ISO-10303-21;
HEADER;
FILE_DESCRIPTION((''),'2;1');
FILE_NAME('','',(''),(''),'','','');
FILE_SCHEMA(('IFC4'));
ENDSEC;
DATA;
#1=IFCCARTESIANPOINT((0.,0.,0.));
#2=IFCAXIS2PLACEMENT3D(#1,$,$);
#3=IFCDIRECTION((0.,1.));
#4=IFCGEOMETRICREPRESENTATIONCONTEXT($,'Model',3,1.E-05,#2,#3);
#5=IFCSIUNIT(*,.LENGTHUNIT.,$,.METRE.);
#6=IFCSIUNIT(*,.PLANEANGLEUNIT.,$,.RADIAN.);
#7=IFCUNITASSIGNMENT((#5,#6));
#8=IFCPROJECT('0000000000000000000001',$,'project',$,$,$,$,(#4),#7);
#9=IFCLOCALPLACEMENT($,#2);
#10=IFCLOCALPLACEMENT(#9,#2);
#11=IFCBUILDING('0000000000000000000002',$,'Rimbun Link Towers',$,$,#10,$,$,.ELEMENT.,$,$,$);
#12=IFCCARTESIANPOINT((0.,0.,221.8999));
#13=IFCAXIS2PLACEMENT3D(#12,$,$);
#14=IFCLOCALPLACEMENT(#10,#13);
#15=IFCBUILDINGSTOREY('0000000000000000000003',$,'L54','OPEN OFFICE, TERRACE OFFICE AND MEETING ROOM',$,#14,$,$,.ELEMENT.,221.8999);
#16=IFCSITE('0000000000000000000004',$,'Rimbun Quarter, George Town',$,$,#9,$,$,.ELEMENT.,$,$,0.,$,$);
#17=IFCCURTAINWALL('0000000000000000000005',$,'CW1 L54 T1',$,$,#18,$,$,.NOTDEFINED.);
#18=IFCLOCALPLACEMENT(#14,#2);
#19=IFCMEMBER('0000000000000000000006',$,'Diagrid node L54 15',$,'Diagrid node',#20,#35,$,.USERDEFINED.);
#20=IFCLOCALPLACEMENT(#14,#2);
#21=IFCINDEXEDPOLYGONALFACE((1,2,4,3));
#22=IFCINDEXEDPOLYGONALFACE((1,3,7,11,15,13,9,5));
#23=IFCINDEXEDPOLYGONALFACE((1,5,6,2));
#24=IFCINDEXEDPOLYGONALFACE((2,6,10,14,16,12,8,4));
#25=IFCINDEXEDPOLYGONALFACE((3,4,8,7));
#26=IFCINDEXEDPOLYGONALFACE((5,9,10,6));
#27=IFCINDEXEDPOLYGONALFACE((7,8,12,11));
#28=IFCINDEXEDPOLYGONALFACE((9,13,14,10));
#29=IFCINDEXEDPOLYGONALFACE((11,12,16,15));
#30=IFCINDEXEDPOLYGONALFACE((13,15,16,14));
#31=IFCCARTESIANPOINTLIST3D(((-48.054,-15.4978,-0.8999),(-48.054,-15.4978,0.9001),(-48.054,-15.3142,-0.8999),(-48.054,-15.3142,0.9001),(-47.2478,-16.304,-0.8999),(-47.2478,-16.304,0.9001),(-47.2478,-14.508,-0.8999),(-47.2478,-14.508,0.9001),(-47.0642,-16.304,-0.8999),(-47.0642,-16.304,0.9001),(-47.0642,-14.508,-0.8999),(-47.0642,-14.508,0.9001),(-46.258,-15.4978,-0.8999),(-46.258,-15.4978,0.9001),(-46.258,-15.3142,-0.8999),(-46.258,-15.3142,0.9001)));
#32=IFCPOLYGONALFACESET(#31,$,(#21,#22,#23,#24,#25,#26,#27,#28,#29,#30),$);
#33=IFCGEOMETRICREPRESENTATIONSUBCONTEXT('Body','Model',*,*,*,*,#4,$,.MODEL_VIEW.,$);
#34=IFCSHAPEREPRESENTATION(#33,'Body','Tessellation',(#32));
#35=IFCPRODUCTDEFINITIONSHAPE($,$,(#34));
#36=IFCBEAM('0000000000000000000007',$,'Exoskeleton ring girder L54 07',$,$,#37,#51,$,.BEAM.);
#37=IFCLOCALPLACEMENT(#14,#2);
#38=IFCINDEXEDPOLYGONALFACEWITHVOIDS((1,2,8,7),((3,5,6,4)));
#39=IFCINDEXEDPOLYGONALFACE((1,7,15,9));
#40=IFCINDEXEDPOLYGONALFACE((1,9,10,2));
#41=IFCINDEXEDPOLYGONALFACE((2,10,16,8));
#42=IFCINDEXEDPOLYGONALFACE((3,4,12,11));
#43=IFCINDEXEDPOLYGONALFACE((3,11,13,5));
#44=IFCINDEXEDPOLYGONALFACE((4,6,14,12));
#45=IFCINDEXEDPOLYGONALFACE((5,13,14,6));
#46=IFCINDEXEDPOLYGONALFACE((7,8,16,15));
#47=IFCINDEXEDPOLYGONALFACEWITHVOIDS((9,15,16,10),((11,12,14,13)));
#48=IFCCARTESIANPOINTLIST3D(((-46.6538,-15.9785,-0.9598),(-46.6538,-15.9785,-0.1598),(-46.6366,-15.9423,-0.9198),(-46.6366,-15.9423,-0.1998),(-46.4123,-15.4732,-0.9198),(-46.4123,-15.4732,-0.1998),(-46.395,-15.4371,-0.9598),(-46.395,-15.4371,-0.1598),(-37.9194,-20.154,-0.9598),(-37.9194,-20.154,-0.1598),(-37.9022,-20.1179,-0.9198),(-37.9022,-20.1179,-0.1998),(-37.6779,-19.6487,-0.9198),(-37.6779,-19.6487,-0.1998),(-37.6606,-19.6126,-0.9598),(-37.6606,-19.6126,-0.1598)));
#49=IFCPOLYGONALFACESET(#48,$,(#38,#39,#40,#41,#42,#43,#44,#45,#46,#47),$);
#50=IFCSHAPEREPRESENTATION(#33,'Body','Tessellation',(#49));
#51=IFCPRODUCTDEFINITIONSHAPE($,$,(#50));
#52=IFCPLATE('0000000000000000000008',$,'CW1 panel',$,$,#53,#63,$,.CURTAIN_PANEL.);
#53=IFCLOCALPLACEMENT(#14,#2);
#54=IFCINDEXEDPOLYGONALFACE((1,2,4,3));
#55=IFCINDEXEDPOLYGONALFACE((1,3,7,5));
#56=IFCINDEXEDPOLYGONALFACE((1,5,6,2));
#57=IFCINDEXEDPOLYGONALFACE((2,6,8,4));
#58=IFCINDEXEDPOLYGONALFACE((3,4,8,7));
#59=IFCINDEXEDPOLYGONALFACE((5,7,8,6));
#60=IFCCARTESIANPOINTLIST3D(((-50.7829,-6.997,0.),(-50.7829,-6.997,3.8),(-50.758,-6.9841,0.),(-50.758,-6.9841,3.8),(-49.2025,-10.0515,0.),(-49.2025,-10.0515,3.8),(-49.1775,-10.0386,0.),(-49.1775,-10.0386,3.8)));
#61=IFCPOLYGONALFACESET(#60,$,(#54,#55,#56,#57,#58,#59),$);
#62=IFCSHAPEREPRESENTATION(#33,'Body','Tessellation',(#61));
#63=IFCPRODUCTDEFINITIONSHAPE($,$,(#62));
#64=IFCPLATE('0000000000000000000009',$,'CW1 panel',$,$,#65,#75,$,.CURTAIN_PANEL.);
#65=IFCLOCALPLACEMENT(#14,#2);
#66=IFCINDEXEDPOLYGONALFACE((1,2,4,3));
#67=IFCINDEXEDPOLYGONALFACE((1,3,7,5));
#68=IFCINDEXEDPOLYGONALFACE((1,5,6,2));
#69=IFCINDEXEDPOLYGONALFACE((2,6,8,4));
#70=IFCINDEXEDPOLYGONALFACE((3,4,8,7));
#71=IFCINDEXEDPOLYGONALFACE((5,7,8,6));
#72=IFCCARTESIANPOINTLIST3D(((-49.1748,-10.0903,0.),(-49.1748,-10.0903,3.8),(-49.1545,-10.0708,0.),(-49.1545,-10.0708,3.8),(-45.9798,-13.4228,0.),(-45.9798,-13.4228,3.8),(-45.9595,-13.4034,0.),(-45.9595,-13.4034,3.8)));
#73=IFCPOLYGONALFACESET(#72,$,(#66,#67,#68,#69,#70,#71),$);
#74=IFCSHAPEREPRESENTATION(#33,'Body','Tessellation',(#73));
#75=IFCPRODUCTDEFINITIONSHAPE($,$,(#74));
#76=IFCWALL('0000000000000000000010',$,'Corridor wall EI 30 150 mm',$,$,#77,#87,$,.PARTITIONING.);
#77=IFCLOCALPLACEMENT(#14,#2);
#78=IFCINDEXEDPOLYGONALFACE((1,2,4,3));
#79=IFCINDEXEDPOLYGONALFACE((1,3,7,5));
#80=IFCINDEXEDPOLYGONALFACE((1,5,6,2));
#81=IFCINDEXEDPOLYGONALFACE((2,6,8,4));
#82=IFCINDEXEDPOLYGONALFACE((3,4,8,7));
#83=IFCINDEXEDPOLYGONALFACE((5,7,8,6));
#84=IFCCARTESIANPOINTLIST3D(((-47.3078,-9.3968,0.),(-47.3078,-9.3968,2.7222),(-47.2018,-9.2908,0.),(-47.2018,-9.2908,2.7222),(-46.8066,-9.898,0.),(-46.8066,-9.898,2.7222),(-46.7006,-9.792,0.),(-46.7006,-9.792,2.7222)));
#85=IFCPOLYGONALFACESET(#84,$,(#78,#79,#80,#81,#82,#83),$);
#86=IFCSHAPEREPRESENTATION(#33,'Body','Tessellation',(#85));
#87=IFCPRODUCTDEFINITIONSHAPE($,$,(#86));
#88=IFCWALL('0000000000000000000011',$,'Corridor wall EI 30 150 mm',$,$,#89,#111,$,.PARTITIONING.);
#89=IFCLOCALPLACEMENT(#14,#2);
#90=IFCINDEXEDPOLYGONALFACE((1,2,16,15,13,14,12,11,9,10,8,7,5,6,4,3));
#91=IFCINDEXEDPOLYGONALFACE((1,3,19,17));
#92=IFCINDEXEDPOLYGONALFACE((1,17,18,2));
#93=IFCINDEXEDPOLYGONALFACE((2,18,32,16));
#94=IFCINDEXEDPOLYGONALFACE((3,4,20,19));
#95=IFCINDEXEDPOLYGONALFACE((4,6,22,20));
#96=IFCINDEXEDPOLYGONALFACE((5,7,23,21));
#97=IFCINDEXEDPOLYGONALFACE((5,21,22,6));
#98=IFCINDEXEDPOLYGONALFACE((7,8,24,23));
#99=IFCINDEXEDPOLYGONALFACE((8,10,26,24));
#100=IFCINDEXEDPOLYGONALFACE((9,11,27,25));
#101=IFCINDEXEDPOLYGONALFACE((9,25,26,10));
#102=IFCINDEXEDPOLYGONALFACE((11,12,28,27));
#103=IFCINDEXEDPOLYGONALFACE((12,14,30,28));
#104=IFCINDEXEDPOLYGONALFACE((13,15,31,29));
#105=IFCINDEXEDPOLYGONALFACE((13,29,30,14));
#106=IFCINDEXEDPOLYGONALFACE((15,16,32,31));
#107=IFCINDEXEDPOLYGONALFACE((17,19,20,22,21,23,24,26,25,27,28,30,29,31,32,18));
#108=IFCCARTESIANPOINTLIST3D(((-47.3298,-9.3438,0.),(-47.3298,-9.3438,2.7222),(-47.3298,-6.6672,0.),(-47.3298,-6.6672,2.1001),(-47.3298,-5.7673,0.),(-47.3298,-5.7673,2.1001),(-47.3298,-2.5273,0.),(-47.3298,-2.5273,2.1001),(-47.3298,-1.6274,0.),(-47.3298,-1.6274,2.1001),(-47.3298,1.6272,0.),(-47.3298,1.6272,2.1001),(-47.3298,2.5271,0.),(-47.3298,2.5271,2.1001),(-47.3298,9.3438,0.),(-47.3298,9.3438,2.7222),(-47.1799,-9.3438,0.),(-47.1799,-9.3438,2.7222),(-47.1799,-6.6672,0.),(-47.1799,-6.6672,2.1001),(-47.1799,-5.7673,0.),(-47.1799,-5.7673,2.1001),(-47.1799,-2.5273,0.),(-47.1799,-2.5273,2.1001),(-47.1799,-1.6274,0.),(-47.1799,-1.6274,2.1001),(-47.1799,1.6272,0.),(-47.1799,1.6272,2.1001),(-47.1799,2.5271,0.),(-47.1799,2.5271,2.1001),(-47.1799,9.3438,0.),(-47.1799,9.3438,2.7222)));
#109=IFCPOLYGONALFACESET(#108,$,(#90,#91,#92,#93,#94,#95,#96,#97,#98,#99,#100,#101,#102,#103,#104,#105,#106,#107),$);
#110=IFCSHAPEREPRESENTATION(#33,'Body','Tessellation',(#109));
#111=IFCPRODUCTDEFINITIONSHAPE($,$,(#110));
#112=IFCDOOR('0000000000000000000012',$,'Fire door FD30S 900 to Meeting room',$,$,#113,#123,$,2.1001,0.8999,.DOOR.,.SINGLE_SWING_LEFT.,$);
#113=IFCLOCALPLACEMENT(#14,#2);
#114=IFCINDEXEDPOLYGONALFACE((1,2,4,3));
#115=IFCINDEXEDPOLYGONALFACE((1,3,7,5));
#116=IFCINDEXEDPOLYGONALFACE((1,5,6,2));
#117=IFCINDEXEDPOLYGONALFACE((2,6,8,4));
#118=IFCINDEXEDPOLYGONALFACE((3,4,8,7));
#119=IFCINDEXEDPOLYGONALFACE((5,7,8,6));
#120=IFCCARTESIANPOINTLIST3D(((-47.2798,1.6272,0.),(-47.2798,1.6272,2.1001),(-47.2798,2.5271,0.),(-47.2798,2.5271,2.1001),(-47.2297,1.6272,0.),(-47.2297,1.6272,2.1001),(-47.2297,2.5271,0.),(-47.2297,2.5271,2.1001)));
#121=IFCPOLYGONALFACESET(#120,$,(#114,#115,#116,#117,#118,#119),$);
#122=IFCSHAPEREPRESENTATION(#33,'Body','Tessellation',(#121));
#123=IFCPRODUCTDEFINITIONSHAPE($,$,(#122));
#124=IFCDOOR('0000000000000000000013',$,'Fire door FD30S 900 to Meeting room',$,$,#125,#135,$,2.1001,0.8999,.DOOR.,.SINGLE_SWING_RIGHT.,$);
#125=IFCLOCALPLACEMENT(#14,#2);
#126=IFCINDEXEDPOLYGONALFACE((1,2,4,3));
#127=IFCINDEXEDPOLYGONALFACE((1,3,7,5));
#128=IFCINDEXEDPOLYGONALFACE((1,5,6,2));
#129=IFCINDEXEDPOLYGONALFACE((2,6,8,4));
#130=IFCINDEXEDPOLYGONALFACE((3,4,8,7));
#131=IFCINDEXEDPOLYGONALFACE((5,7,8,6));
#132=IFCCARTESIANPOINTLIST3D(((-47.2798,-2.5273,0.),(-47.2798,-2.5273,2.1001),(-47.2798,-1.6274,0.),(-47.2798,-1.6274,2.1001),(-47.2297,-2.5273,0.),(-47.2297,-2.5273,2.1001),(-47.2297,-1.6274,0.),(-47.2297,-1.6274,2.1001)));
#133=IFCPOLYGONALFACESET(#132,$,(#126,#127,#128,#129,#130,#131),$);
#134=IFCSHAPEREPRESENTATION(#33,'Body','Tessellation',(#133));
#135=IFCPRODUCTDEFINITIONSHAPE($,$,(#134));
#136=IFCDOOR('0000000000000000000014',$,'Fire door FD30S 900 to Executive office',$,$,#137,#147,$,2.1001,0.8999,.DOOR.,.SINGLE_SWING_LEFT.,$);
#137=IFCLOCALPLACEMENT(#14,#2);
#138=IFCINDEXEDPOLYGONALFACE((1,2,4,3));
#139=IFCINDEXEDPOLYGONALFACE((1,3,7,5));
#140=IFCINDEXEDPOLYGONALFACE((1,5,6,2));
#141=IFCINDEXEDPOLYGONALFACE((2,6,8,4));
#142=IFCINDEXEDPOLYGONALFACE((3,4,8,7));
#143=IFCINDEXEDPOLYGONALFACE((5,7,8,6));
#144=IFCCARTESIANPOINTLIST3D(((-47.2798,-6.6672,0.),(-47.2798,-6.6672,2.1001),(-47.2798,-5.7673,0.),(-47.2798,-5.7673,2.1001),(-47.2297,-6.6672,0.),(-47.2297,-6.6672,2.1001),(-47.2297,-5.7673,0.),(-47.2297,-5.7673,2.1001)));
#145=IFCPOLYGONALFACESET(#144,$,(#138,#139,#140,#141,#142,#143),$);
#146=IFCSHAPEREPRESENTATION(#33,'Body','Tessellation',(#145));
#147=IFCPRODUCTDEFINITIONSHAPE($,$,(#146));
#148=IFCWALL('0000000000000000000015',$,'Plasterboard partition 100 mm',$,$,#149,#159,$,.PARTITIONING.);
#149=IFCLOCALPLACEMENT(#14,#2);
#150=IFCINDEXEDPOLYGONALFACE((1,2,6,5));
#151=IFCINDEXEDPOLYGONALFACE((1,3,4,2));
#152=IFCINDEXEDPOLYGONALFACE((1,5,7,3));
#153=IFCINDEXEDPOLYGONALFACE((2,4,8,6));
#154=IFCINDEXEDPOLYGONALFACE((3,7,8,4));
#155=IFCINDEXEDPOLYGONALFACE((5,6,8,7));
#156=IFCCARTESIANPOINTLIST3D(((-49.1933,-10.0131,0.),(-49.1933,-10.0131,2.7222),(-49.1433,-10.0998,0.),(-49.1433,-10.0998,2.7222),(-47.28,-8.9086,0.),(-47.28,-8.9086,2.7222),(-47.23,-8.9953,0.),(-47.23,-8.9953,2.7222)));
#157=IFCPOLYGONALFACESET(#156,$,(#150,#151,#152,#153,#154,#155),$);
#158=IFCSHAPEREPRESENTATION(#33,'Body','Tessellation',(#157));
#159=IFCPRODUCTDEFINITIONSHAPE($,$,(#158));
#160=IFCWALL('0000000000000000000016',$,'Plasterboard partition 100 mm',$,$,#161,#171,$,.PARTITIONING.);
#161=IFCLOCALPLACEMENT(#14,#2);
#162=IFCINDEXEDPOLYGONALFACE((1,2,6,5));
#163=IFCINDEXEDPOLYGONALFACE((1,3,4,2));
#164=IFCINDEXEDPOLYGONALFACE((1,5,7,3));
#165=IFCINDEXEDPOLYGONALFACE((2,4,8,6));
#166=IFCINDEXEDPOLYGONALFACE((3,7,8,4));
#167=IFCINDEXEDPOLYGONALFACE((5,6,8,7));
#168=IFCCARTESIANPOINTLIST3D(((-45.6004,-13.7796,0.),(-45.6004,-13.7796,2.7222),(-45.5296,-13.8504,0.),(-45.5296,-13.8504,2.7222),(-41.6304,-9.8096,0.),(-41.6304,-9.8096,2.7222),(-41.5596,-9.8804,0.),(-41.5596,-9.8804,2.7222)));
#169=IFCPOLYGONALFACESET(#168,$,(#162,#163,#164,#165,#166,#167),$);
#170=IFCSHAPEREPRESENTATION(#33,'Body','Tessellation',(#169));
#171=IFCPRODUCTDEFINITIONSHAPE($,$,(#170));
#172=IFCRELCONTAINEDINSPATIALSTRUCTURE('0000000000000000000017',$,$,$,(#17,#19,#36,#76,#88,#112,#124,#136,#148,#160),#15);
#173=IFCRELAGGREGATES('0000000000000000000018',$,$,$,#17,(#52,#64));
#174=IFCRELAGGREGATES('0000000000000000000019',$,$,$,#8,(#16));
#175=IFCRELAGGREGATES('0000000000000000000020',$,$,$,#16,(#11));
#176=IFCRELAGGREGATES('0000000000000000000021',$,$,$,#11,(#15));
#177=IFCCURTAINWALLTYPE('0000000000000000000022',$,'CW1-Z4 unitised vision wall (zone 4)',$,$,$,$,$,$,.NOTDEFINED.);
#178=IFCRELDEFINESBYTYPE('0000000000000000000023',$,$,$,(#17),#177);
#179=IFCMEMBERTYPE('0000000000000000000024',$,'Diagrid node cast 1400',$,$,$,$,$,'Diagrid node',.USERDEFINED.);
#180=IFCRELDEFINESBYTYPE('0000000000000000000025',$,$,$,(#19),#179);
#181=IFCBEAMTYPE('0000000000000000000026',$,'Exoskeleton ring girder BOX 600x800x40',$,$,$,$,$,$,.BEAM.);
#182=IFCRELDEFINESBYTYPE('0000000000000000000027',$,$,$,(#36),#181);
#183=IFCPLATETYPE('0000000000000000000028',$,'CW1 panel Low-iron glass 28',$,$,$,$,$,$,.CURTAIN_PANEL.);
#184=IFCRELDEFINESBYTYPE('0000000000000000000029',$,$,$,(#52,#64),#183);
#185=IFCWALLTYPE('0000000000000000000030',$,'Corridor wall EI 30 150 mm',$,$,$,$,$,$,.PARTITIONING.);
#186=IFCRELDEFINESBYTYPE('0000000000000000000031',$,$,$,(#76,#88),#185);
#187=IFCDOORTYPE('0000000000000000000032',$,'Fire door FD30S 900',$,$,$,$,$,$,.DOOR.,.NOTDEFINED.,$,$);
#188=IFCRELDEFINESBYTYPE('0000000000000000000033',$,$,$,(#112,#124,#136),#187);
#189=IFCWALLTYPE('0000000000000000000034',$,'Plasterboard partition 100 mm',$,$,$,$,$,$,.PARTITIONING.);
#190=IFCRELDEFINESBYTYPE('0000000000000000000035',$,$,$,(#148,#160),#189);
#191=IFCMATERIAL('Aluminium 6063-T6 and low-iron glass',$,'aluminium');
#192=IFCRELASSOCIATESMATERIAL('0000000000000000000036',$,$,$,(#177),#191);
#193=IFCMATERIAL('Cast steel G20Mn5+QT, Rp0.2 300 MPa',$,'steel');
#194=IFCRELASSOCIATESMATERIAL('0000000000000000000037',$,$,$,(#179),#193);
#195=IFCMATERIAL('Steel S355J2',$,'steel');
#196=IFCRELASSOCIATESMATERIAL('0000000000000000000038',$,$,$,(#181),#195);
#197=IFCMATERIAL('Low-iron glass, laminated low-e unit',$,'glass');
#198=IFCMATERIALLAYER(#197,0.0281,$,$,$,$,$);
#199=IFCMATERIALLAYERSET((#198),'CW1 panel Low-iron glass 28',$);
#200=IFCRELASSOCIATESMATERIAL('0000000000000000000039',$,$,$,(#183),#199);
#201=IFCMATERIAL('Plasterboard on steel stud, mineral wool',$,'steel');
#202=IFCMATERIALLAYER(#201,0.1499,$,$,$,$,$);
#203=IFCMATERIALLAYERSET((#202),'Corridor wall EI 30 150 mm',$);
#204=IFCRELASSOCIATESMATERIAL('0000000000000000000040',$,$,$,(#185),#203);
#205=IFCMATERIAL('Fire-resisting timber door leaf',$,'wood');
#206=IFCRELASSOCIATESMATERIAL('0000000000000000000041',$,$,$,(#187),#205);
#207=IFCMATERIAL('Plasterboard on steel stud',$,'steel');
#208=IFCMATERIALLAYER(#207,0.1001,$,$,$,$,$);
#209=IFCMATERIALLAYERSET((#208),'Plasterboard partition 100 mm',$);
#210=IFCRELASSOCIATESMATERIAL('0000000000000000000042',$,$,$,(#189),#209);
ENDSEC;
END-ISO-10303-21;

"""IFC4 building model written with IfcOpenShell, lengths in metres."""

from ifc_helpers import new_model, si_unit, direction, frame, frame_2d, origin, origin_2d, place, context, subcontext, project, spatial, polyline, rectangle, hollow_rectangle, outline, extrude, material, layer, layer_set, material_profile, profile_set, type_object, element, fill, aggregate, save


model = new_model("IFC4")

# Units and contexts
model_context = context("Model", 3, precision=1e-05, world=origin(), true_north=direction((0.0, 1.0)))
body_context = subcontext(model_context, "Body", "Model", "MODEL_VIEW")
ifc_project = project(units=[si_unit("LENGTHUNIT", "METRE"), si_unit("PLANEANGLEUNIT", "RADIAN")], contexts=[model_context])

# Site, building, storey
site_placement = place(None, origin())
site = spatial("IfcSite", under=ifc_project, at=site_placement, Name="Rimbun Quarter, George Town", CompositionType="ELEMENT", RefElevation=0.0)
building_placement = place(site_placement, origin())
building = spatial("IfcBuilding", under=site, at=building_placement, Name="Rimbun Link Towers", CompositionType="ELEMENT")
storey_placement = place(building_placement, frame((0.0, 0.0, 221.8999)))
storey = spatial("IfcBuildingStorey", under=building, at=storey_placement, Name="L54", Description="OPEN OFFICE, TERRACE OFFICE AND MEETING ROOM", CompositionType="ELEMENT", Elevation=221.8999)

# Curtain wall
ifc_material_1 = material(Name="Aluminium 6063-T6 and low-iron glass", Category="aluminium")
curtain_wall_type = type_object("IfcCurtainWallType", Name="CW1-Z4 unitised vision wall (zone 4)", PredefinedType="NOTDEFINED", material=ifc_material_1)
curtain_wall_placement = place(storey_placement, origin())
curtain_wall = element("IfcCurtainWall", 1, at=curtain_wall_placement, inside=storey, type_object=curtain_wall_type, Name="CW1 L54 T1", PredefinedType="NOTDEFINED")

# Member
ifc_material_2 = material(Name="Cast steel G20Mn5+QT, Rp0.2 300 MPa", Category="steel")
ifc_material_profile_1 = material_profile(ifc_material_2, outline(polyline([(0.7, -0.5701), (0.7, 0.5701), (0.5701, 0.7), (-0.5701, 0.7), (-0.7, 0.5701), (-0.7, -0.5701), (-0.5701, -0.7), (0.5701, -0.7), (0.7, -0.5701)])), Name="NODE 1400x1400")
ifc_profile_set_1 = profile_set([ifc_material_profile_1], Name="Cast steel G20Mn5+QT, Rp0.2 300 MPa")
member_type_1 = type_object("IfcMemberType", Name="Diagrid node cast 1400", ElementType="Diagrid node", PredefinedType="USERDEFINED", material=ifc_profile_set_1)
member_1_placement = place(storey_placement, frame((-47.156, -15.406, -0.8999), z_axis=(0.0, 0.0, 1.0), x_axis=(-0.707107, -0.707107, 0.0)))
element("IfcMember", 2, at=member_1_placement, inside=storey, type_object=member_type_1, Name="Diagrid node L54 15", ObjectType="Diagrid node", PredefinedType="USERDEFINED", context=body_context, shape_type="SweptSolid", body=[
    extrude(outline(polyline([(0.7, -0.5701), (0.7, 0.5701), (0.5701, 0.7), (-0.5701, 0.7), (-0.7, 0.5701), (-0.7, -0.5701), (-0.5701, -0.7), (0.5701, -0.7), (0.7, -0.5701)])), origin(), (0.0, 0.0, 1.0), 1.8),
])

# Beam
ifc_material_3 = material(Name="Steel S355J2", Category="steel")
ifc_material_profile_2 = material_profile(ifc_material_3, hollow_rectangle(XDim=0.6001, YDim=0.8, WallThickness=0.04, at=origin_2d()), Name="Exoskeleton ring girder BOX 600x800x40")
ifc_profile_set_2 = profile_set([ifc_material_profile_2], Name="Steel S355J2")
beam_type = type_object("IfcBeamType", Name="Exoskeleton ring girder BOX 600x800x40", PredefinedType="BEAM", material=ifc_profile_set_2)
beam_placement = place(storey_placement, frame((-46.5244, -15.7078, -0.5598), z_axis=(0.902205, -0.431306, 0.0), x_axis=(0.431306, 0.902205, 0.0)))
element("IfcBeam", 3, at=beam_placement, inside=storey, type_object=beam_type, Name="Exoskeleton ring girder L54 07", PredefinedType="BEAM", context=body_context, shape_type="SweptSolid", body=[
    extrude(hollow_rectangle(XDim=0.6001, YDim=0.8, WallThickness=0.04, at=origin_2d()), origin(), (0.0, 0.0, 1.0), 9.6812),
])

# Plates
ifc_material_4 = material(Name="Low-iron glass, laminated low-e unit", Category="glass")
ifc_layer_1 = layer(ifc_material_4, 0.0281)
ifc_layer_set_1 = layer_set([ifc_layer_1], Name="CW1 panel Low-iron glass 28")
plate_type = type_object("IfcPlateType", Name="CW1 panel Low-iron glass 28", PredefinedType="CURTAIN_PANEL", material=ifc_layer_set_1)
plate_1_placement = place(storey_placement, frame((-49.9802, -8.5178, 0.0), z_axis=(0.0, 0.0, 1.0), x_axis=(-0.459548, 0.888153, 0.0)))
plate_1 = element("IfcPlate", 4, at=plate_1_placement, type_object=plate_type, Name="CW1 panel", PredefinedType="CURTAIN_PANEL", context=body_context, shape_type="SweptSolid", body=[
    extrude(rectangle(XDim=3.4392, YDim=0.0281, at=origin_2d()), origin(), (0.0, 0.0, 1.0), 3.8),
])
plate_2_placement = place(storey_placement, frame((-47.5671, -11.7468, 0.0), z_axis=(0.0, 0.0, 1.0), x_axis=(-0.692046, 0.721853, 0.0)))
plate_2 = element("IfcPlate", 5, at=plate_2_placement, type_object=plate_type, Name="CW1 panel", PredefinedType="CURTAIN_PANEL", context=body_context, shape_type="SweptSolid", body=[
    extrude(rectangle(XDim=4.6167, YDim=0.0281, at=origin_2d()), origin(), (0.0, 0.0, 1.0), 3.8),
])
aggregate(curtain_wall, [plate_1, plate_2])

# Wall
ifc_material_5 = material(Name="Plasterboard on steel stud, mineral wool", Category="steel")
ifc_layer_2 = layer(ifc_material_5, 0.1499)
ifc_layer_set_2 = layer_set([ifc_layer_2], Name="Corridor wall EI 30 150 mm")
wall_type_1 = type_object("IfcWallType", Name="Corridor wall EI 30 150 mm", PredefinedType="PARTITIONING", material=ifc_layer_set_2)
wall_1_placement = place(storey_placement, frame((-47.2549, -9.3438, 0.0), z_axis=(0.0, 0.0, 1.0), x_axis=(0.707107, -0.707107, 0.0)))
element("IfcWall", 6, at=wall_1_placement, inside=storey, type_object=wall_type_1, Name="Corridor wall EI 30 150 mm", PredefinedType="PARTITIONING", context=body_context, shape_type="SweptSolid", body=[
    extrude(rectangle(XDim=0.7087, YDim=0.1499, at=frame_2d((0.3545, 0.0))), origin(), (0.0, 0.0, 1.0), 2.7222),
])

# Wall, openings, doors
wall_2_placement = place(storey_placement, frame((-47.2549, -9.3438, 0.0), z_axis=(0.0, 0.0, 1.0), x_axis=(0.0, 1.0, 0.0)))
wall_2 = element("IfcWall", 7, at=wall_2_placement, inside=storey, type_object=wall_type_1, Name="Corridor wall EI 30 150 mm", PredefinedType="PARTITIONING", context=body_context, shape_type="SweptSolid", body=[
    extrude(rectangle(XDim=18.6875, YDim=0.1499, at=frame_2d((9.3438, 0.0))), origin(), (0.0, 0.0, 1.0), 2.7222),
])
opening_1_placement = place(wall_2_placement, frame((10.9709, 0.0, 0.0)))
opening_1 = element("IfcOpeningElement", 8, at=opening_1_placement, cuts=wall_2, PredefinedType="OPENING", context=body_context, shape_type="SweptSolid", body=[
    extrude(rectangle(XDim=0.8999, YDim=2.1001, at=frame_2d((0.45, 1.05))), frame((0.0, 0.085, 0.0), z_axis=(0.0, -1.0, 0.0), x_axis=(1.0, 0.0, 0.0)), (0.0, 0.0, 1.0), 0.1699),
])
opening_2_placement = place(wall_2_placement, frame((6.8164, 0.0, 0.0)))
opening_2 = element("IfcOpeningElement", 9, at=opening_2_placement, cuts=wall_2, PredefinedType="OPENING", context=body_context, shape_type="SweptSolid", body=[
    extrude(rectangle(XDim=0.8999, YDim=2.1001, at=frame_2d((0.45, 1.05))), frame((0.0, 0.085, 0.0), z_axis=(0.0, -1.0, 0.0), x_axis=(1.0, 0.0, 0.0)), (0.0, 0.0, 1.0), 0.1699),
])
opening_3_placement = place(wall_2_placement, frame((2.6765, 0.0, 0.0)))
opening_3 = element("IfcOpeningElement", 10, at=opening_3_placement, cuts=wall_2, PredefinedType="OPENING", context=body_context, shape_type="SweptSolid", body=[
    extrude(rectangle(XDim=0.8999, YDim=2.1001, at=frame_2d((0.45, 1.05))), frame((0.0, 0.085, 0.0), z_axis=(0.0, -1.0, 0.0), x_axis=(1.0, 0.0, 0.0)), (0.0, 0.0, 1.0), 0.1699),
])
ifc_material_6 = material(Name="Fire-resisting timber door leaf", Category="wood")
door_type = type_object("IfcDoorType", Name="Fire door FD30S 900", OperationType="NOTDEFINED", PredefinedType="DOOR", material=ifc_material_6)
door_1_placement = place(opening_1_placement, origin())
door_1 = element("IfcDoor", 11, at=door_1_placement, inside=storey, type_object=door_type, Name="Fire door FD30S 900 to Meeting room", OperationType="SINGLE_SWING_LEFT", OverallHeight=2.1001, OverallWidth=0.8999, PredefinedType="DOOR", context=body_context, shape_type="SweptSolid", body=[
    extrude(rectangle(XDim=0.8999, YDim=2.1001, at=frame_2d((0.45, 1.05))), frame((0.0, 0.0249, 0.0), z_axis=(0.0, -1.0, 0.0), x_axis=(1.0, 0.0, 0.0)), (0.0, 0.0, 1.0), 0.05),
])
fill(opening_1, door_1)
door_2_placement = place(opening_2_placement, origin())
door_2 = element("IfcDoor", 12, at=door_2_placement, inside=storey, type_object=door_type, Name="Fire door FD30S 900 to Meeting room", OperationType="SINGLE_SWING_RIGHT", OverallHeight=2.1001, OverallWidth=0.8999, PredefinedType="DOOR", context=body_context, shape_type="SweptSolid", body=[
    extrude(rectangle(XDim=0.8999, YDim=2.1001, at=frame_2d((0.45, 1.05))), frame((0.0, 0.0249, 0.0), z_axis=(0.0, -1.0, 0.0), x_axis=(1.0, 0.0, 0.0)), (0.0, 0.0, 1.0), 0.05),
])
fill(opening_2, door_2)
door_3_placement = place(opening_3_placement, origin())
door_3 = element("IfcDoor", 13, at=door_3_placement, inside=storey, type_object=door_type, Name="Fire door FD30S 900 to Executive office", OperationType="SINGLE_SWING_LEFT", OverallHeight=2.1001, OverallWidth=0.8999, PredefinedType="DOOR", context=body_context, shape_type="SweptSolid", body=[
    extrude(rectangle(XDim=0.8999, YDim=2.1001, at=frame_2d((0.45, 1.05))), frame((0.0, 0.0249, 0.0), z_axis=(0.0, -1.0, 0.0), x_axis=(1.0, 0.0, 0.0)), (0.0, 0.0, 1.0), 0.05),
])
fill(opening_3, door_3)

# Walls
ifc_material_7 = material(Name="Plasterboard on steel stud", Category="steel")
ifc_layer_3 = layer(ifc_material_7, 0.1001)
ifc_layer_set_3 = layer_set([ifc_layer_3], Name="Plasterboard partition 100 mm")
wall_type_2 = type_object("IfcWallType", Name="Plasterboard partition 100 mm", PredefinedType="PARTITIONING", material=ifc_layer_set_3)
wall_3_placement = place(storey_placement, frame((-49.1682, -10.0564, 0.0), z_axis=(0.0, 0.0, 1.0), x_axis=(0.866059, 0.499942, 0.0)))
element("IfcWall", 14, at=wall_3_placement, inside=storey, type_object=wall_type_2, Name="Plasterboard partition 100 mm", PredefinedType="PARTITIONING", context=body_context, shape_type="SweptSolid", body=[
    extrude(rectangle(XDim=2.2092, YDim=0.1001, at=frame_2d((1.1045, 0.0))), origin(), (0.0, 0.0, 1.0), 2.7222),
])
wall_4_placement = place(storey_placement, frame((-45.5649, -13.8149, 0.0), z_axis=(0.0, 0.0, 1.0), x_axis=(0.707107, 0.707107, 0.0)))
element("IfcWall", 15, at=wall_4_placement, inside=storey, type_object=wall_type_2, Name="Plasterboard partition 100 mm", PredefinedType="PARTITIONING", context=body_context, shape_type="SweptSolid", body=[
    extrude(rectangle(XDim=5.6145, YDim=0.1001, at=frame_2d((2.8071, 0.0))), origin(), (0.0, 0.0, 1.0), 2.7222),
])

save(model, "model.ifc")
